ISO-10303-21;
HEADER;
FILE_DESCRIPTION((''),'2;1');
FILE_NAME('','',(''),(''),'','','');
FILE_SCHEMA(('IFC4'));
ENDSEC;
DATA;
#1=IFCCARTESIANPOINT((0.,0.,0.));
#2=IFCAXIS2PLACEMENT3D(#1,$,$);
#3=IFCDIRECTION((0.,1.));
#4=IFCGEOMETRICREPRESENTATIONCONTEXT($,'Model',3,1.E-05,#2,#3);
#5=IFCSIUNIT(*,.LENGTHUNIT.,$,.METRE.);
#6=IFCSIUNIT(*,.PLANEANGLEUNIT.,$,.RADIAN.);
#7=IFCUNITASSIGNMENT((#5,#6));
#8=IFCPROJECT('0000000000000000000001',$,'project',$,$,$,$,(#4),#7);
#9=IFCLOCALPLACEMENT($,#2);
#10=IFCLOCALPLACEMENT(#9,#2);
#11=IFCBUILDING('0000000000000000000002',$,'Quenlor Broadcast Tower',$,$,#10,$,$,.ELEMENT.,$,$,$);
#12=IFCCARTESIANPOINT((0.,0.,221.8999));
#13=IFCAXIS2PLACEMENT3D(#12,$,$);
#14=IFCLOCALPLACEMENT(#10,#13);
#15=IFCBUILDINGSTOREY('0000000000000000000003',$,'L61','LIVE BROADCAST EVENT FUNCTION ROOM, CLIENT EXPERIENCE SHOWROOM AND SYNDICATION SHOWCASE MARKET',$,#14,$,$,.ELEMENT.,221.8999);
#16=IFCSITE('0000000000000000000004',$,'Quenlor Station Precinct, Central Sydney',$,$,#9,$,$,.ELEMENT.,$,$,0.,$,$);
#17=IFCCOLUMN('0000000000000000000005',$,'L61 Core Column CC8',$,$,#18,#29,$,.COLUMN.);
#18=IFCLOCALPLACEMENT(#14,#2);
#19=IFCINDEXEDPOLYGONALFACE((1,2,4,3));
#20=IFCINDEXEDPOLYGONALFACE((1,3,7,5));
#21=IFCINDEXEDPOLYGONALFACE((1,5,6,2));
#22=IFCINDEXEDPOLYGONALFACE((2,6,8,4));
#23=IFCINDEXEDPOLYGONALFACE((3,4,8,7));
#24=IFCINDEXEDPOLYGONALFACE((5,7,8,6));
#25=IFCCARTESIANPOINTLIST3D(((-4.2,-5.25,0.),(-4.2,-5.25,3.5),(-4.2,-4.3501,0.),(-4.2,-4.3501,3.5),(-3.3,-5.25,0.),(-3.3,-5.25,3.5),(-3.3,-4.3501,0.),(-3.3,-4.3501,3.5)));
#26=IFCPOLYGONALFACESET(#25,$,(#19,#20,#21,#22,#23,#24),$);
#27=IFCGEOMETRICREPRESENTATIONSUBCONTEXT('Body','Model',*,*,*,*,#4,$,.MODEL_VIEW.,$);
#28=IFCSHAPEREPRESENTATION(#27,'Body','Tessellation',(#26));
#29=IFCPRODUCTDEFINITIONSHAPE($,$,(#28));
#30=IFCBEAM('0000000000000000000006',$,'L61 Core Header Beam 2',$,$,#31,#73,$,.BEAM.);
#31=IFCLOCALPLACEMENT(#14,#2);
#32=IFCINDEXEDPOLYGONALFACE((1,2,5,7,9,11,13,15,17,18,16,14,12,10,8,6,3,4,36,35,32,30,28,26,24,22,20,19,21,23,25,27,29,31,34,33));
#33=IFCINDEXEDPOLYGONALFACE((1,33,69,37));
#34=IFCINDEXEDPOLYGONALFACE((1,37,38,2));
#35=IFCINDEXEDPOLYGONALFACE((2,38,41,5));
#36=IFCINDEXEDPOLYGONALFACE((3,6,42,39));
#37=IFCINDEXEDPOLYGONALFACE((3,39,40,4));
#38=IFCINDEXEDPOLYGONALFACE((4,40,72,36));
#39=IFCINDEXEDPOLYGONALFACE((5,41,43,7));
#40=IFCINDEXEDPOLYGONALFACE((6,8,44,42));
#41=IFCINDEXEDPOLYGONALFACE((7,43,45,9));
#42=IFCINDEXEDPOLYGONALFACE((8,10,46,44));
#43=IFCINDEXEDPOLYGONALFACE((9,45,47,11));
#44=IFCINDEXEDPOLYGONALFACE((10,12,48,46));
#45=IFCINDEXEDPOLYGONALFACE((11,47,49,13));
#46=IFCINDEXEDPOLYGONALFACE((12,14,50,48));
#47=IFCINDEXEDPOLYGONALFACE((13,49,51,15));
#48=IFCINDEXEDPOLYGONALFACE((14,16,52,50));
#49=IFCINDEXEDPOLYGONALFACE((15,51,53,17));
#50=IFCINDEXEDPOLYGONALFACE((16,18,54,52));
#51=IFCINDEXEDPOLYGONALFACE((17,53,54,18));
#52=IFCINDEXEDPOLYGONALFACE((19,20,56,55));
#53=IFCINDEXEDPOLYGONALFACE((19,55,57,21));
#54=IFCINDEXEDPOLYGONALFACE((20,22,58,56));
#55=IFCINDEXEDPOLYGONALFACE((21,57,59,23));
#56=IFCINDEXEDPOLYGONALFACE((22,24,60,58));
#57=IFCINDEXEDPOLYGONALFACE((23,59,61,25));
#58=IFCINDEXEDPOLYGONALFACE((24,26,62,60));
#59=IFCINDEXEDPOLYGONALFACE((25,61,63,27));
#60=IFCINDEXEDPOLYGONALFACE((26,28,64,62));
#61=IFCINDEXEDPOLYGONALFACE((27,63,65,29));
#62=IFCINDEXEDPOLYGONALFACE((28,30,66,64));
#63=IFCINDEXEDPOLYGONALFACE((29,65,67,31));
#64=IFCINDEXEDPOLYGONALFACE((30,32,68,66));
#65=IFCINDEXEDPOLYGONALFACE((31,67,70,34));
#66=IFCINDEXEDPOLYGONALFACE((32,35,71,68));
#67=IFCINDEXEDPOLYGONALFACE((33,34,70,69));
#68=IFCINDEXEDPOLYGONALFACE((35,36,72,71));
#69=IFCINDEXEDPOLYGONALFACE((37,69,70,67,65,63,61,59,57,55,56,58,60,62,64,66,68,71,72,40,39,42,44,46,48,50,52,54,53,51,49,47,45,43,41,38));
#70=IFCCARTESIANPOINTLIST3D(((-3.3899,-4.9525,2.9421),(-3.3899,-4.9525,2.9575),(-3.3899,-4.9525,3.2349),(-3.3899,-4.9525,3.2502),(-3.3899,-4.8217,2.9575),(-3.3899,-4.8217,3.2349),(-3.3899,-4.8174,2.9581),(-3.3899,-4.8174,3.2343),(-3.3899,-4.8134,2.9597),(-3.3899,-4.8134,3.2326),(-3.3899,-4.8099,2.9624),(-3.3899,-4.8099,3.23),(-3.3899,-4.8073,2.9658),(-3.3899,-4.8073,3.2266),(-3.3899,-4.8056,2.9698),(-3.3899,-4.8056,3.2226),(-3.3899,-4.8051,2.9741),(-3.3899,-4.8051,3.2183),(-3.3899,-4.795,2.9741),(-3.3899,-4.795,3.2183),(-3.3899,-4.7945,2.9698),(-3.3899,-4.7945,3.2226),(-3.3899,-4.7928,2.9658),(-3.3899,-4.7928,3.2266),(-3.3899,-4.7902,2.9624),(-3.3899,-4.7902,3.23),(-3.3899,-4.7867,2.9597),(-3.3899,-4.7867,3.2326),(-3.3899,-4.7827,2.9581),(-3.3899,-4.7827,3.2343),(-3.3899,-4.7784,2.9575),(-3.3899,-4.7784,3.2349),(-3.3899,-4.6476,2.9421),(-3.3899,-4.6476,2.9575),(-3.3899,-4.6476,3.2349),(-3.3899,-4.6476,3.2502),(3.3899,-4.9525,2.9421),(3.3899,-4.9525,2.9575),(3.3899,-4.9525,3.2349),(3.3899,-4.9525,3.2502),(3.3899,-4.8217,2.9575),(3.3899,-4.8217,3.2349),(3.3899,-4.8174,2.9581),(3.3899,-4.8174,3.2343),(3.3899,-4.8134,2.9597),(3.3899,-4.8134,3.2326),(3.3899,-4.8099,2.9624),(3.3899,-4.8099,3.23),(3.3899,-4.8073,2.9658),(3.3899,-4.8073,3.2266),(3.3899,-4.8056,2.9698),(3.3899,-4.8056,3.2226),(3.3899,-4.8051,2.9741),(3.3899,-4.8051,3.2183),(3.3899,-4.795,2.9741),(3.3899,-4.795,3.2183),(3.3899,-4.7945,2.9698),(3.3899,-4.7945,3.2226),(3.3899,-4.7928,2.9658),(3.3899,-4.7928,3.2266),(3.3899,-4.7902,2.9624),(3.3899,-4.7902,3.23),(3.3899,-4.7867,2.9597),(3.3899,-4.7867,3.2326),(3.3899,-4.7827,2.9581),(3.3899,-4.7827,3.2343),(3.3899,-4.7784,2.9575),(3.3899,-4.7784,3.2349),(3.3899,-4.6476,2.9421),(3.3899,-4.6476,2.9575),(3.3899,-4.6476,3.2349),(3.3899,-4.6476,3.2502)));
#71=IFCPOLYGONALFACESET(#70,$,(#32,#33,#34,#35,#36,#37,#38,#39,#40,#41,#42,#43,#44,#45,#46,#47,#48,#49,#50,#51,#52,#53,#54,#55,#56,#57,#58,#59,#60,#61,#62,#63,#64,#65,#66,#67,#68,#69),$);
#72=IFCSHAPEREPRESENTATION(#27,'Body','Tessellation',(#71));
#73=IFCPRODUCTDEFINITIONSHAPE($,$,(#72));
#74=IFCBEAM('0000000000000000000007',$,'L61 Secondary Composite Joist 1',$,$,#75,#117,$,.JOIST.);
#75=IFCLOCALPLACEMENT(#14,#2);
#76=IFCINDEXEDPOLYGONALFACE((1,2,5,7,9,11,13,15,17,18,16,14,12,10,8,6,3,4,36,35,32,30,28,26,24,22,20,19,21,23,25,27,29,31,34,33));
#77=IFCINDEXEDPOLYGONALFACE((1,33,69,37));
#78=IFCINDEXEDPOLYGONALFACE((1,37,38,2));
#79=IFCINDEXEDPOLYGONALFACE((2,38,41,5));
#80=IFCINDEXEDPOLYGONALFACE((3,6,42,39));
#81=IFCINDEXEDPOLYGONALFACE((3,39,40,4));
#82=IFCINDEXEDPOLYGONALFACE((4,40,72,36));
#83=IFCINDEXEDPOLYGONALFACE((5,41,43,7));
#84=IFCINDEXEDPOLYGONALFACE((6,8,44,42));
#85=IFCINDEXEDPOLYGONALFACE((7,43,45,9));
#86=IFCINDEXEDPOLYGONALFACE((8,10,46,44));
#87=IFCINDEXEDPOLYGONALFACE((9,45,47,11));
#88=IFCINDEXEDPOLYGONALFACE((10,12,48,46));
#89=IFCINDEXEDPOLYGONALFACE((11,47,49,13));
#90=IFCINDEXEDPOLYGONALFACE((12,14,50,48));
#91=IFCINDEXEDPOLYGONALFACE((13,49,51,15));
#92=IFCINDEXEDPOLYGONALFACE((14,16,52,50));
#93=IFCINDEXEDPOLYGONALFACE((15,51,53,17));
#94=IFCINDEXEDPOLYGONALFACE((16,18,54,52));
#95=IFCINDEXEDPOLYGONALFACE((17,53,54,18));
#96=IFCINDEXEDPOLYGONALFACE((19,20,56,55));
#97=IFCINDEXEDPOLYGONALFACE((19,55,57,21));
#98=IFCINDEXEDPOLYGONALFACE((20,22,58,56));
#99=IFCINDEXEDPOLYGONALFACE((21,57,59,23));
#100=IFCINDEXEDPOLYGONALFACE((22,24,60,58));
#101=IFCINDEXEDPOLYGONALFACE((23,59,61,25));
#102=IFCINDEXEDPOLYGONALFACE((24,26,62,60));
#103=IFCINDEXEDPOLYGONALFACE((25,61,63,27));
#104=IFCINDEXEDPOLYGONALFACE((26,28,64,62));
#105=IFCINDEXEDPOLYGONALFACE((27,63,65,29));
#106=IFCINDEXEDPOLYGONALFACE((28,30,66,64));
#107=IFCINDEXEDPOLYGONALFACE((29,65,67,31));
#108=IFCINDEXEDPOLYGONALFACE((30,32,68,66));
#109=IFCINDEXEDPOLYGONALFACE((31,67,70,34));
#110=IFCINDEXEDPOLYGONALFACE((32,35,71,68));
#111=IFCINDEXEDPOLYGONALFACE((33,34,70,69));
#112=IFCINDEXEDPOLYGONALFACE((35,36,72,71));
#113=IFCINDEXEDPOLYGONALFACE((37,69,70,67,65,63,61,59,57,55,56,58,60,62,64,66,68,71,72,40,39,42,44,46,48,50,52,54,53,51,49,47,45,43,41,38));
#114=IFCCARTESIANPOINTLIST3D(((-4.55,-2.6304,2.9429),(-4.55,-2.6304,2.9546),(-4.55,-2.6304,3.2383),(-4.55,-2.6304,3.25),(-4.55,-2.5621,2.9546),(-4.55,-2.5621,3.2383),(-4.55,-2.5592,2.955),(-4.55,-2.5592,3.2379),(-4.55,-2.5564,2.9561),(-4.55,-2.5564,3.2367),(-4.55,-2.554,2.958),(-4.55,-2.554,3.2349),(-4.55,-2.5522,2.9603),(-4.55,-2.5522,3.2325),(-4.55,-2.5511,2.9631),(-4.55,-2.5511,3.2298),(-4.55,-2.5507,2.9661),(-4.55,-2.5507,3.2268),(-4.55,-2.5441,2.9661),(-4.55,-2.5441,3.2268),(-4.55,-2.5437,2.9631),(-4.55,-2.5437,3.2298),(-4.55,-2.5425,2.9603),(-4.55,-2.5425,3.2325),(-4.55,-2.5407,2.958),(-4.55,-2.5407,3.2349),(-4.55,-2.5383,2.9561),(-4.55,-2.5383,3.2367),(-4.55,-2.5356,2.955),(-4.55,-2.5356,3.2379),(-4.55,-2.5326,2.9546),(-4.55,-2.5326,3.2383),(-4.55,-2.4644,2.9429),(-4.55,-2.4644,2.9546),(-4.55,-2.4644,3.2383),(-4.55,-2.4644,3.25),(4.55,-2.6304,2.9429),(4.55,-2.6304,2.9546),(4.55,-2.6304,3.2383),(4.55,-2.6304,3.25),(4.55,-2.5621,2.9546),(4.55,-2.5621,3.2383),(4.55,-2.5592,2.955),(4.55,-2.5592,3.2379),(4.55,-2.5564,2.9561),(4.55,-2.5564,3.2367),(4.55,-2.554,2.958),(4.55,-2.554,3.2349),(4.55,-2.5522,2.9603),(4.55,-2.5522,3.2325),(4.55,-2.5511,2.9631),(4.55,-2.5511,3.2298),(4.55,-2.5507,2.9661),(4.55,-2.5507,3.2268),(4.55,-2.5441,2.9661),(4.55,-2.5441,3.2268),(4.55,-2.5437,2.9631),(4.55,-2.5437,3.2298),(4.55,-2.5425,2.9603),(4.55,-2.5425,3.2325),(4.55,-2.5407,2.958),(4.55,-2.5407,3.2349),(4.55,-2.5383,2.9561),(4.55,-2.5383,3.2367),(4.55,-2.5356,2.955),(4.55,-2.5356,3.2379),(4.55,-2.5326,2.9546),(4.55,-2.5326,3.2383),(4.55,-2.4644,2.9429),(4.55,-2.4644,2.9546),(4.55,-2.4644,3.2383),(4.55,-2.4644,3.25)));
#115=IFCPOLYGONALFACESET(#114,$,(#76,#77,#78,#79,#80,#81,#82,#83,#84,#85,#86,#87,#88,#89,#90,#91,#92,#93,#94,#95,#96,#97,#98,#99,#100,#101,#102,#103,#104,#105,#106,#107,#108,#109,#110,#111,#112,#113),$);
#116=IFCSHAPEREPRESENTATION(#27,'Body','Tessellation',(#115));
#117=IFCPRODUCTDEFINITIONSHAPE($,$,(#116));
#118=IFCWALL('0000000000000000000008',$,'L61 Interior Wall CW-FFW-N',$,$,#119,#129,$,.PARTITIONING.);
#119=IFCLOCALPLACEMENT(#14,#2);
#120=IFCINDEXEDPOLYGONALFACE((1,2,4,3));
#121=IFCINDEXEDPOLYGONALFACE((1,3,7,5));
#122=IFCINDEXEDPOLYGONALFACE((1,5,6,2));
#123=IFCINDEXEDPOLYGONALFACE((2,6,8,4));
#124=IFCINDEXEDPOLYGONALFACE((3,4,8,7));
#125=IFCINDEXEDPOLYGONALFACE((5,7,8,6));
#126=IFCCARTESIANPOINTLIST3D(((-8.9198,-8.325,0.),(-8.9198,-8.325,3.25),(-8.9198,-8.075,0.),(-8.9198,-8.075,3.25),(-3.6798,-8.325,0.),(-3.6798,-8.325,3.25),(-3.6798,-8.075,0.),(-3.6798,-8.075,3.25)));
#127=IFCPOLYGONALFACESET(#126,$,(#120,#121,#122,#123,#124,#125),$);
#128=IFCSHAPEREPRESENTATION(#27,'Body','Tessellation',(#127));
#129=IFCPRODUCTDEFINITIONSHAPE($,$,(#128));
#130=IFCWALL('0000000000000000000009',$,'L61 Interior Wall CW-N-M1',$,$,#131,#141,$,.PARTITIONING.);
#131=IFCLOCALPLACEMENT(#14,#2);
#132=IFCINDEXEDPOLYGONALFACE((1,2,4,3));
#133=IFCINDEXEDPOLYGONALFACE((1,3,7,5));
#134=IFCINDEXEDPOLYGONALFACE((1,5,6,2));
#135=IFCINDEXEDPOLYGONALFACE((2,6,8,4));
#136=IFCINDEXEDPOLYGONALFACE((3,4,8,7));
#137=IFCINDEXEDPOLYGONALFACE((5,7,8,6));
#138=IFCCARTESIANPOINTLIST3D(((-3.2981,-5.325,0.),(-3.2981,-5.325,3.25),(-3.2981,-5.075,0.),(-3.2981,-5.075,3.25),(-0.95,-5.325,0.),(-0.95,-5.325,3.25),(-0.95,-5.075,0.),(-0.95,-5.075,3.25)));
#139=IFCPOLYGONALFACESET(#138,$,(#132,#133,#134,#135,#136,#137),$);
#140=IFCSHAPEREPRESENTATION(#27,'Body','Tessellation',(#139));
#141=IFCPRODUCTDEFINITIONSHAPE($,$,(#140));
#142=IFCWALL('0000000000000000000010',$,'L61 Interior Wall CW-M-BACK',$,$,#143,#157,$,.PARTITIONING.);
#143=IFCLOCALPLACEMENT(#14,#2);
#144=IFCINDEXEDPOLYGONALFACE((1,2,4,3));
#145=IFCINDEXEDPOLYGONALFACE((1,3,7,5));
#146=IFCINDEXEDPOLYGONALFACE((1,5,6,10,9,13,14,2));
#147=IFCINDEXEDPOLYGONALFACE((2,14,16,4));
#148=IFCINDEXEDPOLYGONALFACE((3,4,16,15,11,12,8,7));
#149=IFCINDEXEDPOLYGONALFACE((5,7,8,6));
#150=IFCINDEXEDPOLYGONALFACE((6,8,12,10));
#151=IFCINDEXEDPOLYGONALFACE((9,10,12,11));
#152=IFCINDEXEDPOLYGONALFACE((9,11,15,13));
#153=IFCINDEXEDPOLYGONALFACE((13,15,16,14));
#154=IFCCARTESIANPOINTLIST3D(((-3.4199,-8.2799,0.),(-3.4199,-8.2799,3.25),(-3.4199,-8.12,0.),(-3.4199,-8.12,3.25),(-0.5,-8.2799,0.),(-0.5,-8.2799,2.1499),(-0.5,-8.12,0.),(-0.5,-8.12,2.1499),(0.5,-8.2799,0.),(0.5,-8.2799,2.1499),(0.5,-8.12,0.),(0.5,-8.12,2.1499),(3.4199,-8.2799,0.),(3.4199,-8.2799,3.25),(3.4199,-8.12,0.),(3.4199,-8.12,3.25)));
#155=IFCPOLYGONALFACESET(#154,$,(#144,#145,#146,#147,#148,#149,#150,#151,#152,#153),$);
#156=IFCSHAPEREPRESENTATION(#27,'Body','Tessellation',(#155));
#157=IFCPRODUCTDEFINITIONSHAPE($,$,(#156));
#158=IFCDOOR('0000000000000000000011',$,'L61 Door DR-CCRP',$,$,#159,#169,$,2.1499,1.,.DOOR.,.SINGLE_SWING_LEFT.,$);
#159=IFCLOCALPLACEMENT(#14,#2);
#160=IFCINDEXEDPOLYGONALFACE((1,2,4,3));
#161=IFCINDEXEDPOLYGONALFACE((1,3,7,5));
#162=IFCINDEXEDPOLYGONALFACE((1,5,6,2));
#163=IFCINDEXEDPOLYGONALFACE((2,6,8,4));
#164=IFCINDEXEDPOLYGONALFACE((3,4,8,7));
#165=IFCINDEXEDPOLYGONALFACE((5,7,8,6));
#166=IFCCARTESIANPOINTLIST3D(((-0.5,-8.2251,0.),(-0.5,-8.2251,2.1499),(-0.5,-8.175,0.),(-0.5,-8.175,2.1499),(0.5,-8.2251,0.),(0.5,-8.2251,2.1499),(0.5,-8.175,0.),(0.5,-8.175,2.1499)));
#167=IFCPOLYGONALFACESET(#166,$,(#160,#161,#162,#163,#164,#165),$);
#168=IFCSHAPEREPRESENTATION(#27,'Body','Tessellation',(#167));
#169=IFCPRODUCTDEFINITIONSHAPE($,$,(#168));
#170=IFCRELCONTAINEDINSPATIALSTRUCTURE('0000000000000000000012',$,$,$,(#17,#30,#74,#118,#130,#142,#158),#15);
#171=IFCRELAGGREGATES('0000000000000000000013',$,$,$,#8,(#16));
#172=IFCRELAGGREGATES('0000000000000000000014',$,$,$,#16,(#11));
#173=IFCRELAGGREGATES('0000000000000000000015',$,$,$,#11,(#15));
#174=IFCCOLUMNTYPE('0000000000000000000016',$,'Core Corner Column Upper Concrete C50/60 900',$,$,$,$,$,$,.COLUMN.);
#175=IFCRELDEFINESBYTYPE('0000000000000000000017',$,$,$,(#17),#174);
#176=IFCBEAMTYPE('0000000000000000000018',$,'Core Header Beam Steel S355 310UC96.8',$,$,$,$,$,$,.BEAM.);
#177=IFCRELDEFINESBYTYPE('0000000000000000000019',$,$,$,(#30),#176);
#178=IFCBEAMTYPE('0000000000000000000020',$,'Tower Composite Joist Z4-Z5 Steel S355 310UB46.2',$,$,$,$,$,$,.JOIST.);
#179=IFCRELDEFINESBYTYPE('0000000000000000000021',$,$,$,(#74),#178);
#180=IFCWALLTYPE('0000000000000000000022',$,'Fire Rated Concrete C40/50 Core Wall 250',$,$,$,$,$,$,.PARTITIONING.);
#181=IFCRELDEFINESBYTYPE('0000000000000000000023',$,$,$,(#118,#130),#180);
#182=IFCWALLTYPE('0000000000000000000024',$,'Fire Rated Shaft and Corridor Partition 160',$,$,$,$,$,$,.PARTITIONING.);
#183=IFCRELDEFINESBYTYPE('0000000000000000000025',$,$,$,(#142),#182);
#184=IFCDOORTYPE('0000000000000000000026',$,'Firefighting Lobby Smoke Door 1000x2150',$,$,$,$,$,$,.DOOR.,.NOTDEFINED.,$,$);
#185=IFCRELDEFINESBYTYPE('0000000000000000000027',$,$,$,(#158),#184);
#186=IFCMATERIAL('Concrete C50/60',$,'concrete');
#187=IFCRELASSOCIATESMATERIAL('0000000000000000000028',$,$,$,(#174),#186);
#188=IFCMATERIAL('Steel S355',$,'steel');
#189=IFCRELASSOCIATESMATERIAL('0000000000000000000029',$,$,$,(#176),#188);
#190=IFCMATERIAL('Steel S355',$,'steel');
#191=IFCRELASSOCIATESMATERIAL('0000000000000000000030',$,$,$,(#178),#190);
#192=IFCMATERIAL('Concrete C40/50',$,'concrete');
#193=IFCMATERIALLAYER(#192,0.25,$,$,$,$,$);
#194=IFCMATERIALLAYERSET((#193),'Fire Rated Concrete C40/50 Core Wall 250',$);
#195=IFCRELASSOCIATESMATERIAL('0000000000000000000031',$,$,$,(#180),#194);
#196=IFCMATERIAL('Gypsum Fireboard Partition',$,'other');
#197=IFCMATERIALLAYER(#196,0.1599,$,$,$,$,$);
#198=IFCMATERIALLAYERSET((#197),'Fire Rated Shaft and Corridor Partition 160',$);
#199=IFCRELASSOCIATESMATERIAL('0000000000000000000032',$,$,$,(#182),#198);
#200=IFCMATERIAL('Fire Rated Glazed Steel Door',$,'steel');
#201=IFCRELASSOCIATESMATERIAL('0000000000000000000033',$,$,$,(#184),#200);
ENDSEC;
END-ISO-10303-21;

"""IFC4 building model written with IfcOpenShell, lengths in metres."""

from ifc_helpers import new_model, si_unit, direction, frame, frame_2d, origin, origin_2d, place, context, subcontext, project, spatial, rectangle, i_section, extrude, material, layer, layer_set, material_profile, profile_set, type_object, element, fill, save


model = new_model("IFC4")

# Units and contexts
model_context = context("Model", 3, precision=1e-05, world=origin(), true_north=direction((0.0, 1.0)))
body_context = subcontext(model_context, "Body", "Model", "MODEL_VIEW")
ifc_project = project(units=[si_unit("LENGTHUNIT", "METRE"), si_unit("PLANEANGLEUNIT", "RADIAN")], contexts=[model_context])

# Site, building, storey
site_placement = place(None, origin())
site = spatial("IfcSite", under=ifc_project, at=site_placement, Name="Quenlor Station Precinct, Central Sydney", CompositionType="ELEMENT", RefElevation=0.0)
building_placement = place(site_placement, origin())
building = spatial("IfcBuilding", under=site, at=building_placement, Name="Quenlor Broadcast Tower", CompositionType="ELEMENT")
storey_placement = place(building_placement, frame((0.0, 0.0, 221.8999)))
storey = spatial("IfcBuildingStorey", under=building, at=storey_placement, Name="L61", Description="LIVE BROADCAST EVENT FUNCTION ROOM, CLIENT EXPERIENCE SHOWROOM AND SYNDICATION SHOWCASE MARKET", CompositionType="ELEMENT", Elevation=221.8999)

# Column
ifc_material_1 = material(Name="Concrete C50/60", Category="concrete")
ifc_material_profile_1 = material_profile(ifc_material_1, rectangle(XDim=0.8999, YDim=0.8999, at=origin_2d()))
ifc_profile_set_1 = profile_set([ifc_material_profile_1], Name="Concrete C50/60 RC900x900")
column_type = type_object("IfcColumnType", Name="Core Corner Column Upper Concrete C50/60 900", PredefinedType="COLUMN", material=ifc_profile_set_1)
column_placement = place(storey_placement, frame((-3.75, -4.8, 0.0), z_axis=(0.0, 0.0, 1.0), x_axis=(1.0, 0.0, 0.0)))
element("IfcColumn", 1, at=column_placement, inside=storey, type_object=column_type, Name="L61 Core Column CC8", PredefinedType="COLUMN", context=body_context, shape_type="SweptSolid", body=[
    extrude(rectangle(XDim=0.8999, YDim=0.8999, at=origin_2d()), origin(), (0.0, 0.0, 1.0), 3.5),
])

# Beams
ifc_material_2 = material(Name="Steel S355", Category="steel")
ifc_material_profile_2 = material_profile(ifc_material_2, i_section(OverallWidth=0.3049, OverallDepth=0.3081, WebThickness=0.01, FlangeThickness=0.0154, FilletRadius=0.0166, at=origin_2d()))
ifc_profile_set_2 = profile_set([ifc_material_profile_2], Name="Steel S355 310UC96.8")
beam_type_1 = type_object("IfcBeamType", Name="Core Header Beam Steel S355 310UC96.8", PredefinedType="BEAM", material=ifc_profile_set_2)
beam_1_placement = place(storey_placement, frame((-3.3899, -4.8, 3.0962), z_axis=(1.0, 0.0, 0.0), x_axis=(0.0, 1.0, 0.0)))
element("IfcBeam", 2, at=beam_1_placement, inside=storey, type_object=beam_type_1, Name="L61 Core Header Beam 2", PredefinedType="BEAM", context=body_context, shape_type="SweptSolid", body=[
    extrude(i_section(OverallWidth=0.3049, OverallDepth=0.3081, WebThickness=0.01, FlangeThickness=0.0154, FilletRadius=0.0166, at=origin_2d()), origin(), (0.0, 0.0, 1.0), 6.7798),
])
ifc_material_3 = material(Name="Steel S355", Category="steel")
ifc_material_profile_3 = material_profile(ifc_material_3, i_section(OverallWidth=0.166, OverallDepth=0.3071, WebThickness=0.0066, FlangeThickness=0.0117, FilletRadius=0.0115, at=origin_2d()))
ifc_profile_set_3 = profile_set([ifc_material_profile_3], Name="Steel S355 310UB46.2")
beam_type_2 = type_object("IfcBeamType", Name="Tower Composite Joist Z4-Z5 Steel S355 310UB46.2", PredefinedType="JOIST", material=ifc_profile_set_3)
beam_2_placement = place(storey_placement, frame((-4.55, -2.5474, 3.0964), z_axis=(1.0, 0.0, 0.0), x_axis=(0.0, 1.0, 0.0)))
element("IfcBeam", 3, at=beam_2_placement, inside=storey, type_object=beam_type_2, Name="L61 Secondary Composite Joist 1", PredefinedType="JOIST", context=body_context, shape_type="SweptSolid", body=[
    extrude(i_section(OverallWidth=0.166, OverallDepth=0.3071, WebThickness=0.0066, FlangeThickness=0.0117, FilletRadius=0.0115, at=origin_2d()), origin(), (0.0, 0.0, 1.0), 9.1001),
])

# Walls
ifc_material_4 = material(Name="Concrete C40/50", Category="concrete")
ifc_layer_1 = layer(ifc_material_4, 0.25)
ifc_layer_set_1 = layer_set([ifc_layer_1], Name="Fire Rated Concrete C40/50 Core Wall 250")
wall_type_1 = type_object("IfcWallType", Name="Fire Rated Concrete C40/50 Core Wall 250", PredefinedType="PARTITIONING", material=ifc_layer_set_1)
wall_1_placement = place(storey_placement, frame((-8.9199, -8.2, 0.0), z_axis=(0.0, 0.0, 1.0), x_axis=(1.0, 0.0, 0.0)))
element("IfcWall", 4, at=wall_1_placement, inside=storey, type_object=wall_type_1, Name="L61 Interior Wall CW-FFW-N", PredefinedType="PARTITIONING", context=body_context, shape_type="SweptSolid", body=[
    extrude(rectangle(XDim=5.24, YDim=0.25, at=frame_2d((2.6201, 0.0))), origin(), (0.0, 0.0, 1.0), 3.25),
])
wall_2_placement = place(storey_placement, frame((-3.2981, -5.2, 0.0), z_axis=(0.0, 0.0, 1.0), x_axis=(1.0, 0.0, 0.0)))
element("IfcWall", 5, at=wall_2_placement, inside=storey, type_object=wall_type_1, Name="L61 Interior Wall CW-N-M1", PredefinedType="PARTITIONING", context=body_context, shape_type="SweptSolid", body=[
    extrude(rectangle(XDim=2.3481, YDim=0.25, at=frame_2d((1.1741, 0.0))), origin(), (0.0, 0.0, 1.0), 3.25),
])

# Wall, opening, door
ifc_material_5 = material(Name="Gypsum Fireboard Partition", Category="other")
ifc_layer_2 = layer(ifc_material_5, 0.1599)
ifc_layer_set_2 = layer_set([ifc_layer_2], Name="Fire Rated Shaft and Corridor Partition 160")
wall_type_2 = type_object("IfcWallType", Name="Fire Rated Shaft and Corridor Partition 160", PredefinedType="PARTITIONING", material=ifc_layer_set_2)
wall_3_placement = place(storey_placement, frame((-3.4199, -8.2, 0.0), z_axis=(0.0, 0.0, 1.0), x_axis=(1.0, 0.0, 0.0)))
wall_3 = element("IfcWall", 6, at=wall_3_placement, inside=storey, type_object=wall_type_2, Name="L61 Interior Wall CW-M-BACK", PredefinedType="PARTITIONING", context=body_context, shape_type="SweptSolid", body=[
    extrude(rectangle(XDim=6.8398, YDim=0.1599, at=frame_2d((3.4199, 0.0))), origin(), (0.0, 0.0, 1.0), 3.25),
])
opening_1_placement = place(wall_3_placement, frame((2.9199, 0.0, 0.0)))
opening_1 = element("IfcOpeningElement", 7, at=opening_1_placement, cuts=wall_3, PredefinedType="OPENING", context=body_context, shape_type="SweptSolid", body=[
    extrude(rectangle(XDim=1.0, YDim=2.1499, at=frame_2d((0.5, 1.075))), frame((0.0, 0.0898, 0.0), z_axis=(0.0, -1.0, 0.0), x_axis=(1.0, 0.0, 0.0)), (0.0, 0.0, 1.0), 0.1799),
])
ifc_material_6 = material(Name="Fire Rated Glazed Steel Door", Category="steel")
door_type_1 = type_object("IfcDoorType", Name="Firefighting Lobby Smoke Door 1000x2150", OperationType="NOTDEFINED", PredefinedType="DOOR", material=ifc_material_6)
door_1_placement = place(opening_1_placement, origin())
door_1 = element("IfcDoor", 8, at=door_1_placement, inside=storey, type_object=door_type_1, Name="L61 Door DR-CCRP", OperationType="SINGLE_SWING_LEFT", OverallHeight=2.1499, OverallWidth=1.0, PredefinedType="DOOR", context=body_context, shape_type="SweptSolid", body=[
    extrude(rectangle(XDim=1.0, YDim=2.1499, at=frame_2d((0.5, 1.075))), frame((0.0, 0.0249, 0.0), z_axis=(0.0, -1.0, 0.0), x_axis=(1.0, 0.0, 0.0)), (0.0, 0.0, 1.0), 0.05),
])
fill(opening_1, door_1)

save(model, "model.ifc")
